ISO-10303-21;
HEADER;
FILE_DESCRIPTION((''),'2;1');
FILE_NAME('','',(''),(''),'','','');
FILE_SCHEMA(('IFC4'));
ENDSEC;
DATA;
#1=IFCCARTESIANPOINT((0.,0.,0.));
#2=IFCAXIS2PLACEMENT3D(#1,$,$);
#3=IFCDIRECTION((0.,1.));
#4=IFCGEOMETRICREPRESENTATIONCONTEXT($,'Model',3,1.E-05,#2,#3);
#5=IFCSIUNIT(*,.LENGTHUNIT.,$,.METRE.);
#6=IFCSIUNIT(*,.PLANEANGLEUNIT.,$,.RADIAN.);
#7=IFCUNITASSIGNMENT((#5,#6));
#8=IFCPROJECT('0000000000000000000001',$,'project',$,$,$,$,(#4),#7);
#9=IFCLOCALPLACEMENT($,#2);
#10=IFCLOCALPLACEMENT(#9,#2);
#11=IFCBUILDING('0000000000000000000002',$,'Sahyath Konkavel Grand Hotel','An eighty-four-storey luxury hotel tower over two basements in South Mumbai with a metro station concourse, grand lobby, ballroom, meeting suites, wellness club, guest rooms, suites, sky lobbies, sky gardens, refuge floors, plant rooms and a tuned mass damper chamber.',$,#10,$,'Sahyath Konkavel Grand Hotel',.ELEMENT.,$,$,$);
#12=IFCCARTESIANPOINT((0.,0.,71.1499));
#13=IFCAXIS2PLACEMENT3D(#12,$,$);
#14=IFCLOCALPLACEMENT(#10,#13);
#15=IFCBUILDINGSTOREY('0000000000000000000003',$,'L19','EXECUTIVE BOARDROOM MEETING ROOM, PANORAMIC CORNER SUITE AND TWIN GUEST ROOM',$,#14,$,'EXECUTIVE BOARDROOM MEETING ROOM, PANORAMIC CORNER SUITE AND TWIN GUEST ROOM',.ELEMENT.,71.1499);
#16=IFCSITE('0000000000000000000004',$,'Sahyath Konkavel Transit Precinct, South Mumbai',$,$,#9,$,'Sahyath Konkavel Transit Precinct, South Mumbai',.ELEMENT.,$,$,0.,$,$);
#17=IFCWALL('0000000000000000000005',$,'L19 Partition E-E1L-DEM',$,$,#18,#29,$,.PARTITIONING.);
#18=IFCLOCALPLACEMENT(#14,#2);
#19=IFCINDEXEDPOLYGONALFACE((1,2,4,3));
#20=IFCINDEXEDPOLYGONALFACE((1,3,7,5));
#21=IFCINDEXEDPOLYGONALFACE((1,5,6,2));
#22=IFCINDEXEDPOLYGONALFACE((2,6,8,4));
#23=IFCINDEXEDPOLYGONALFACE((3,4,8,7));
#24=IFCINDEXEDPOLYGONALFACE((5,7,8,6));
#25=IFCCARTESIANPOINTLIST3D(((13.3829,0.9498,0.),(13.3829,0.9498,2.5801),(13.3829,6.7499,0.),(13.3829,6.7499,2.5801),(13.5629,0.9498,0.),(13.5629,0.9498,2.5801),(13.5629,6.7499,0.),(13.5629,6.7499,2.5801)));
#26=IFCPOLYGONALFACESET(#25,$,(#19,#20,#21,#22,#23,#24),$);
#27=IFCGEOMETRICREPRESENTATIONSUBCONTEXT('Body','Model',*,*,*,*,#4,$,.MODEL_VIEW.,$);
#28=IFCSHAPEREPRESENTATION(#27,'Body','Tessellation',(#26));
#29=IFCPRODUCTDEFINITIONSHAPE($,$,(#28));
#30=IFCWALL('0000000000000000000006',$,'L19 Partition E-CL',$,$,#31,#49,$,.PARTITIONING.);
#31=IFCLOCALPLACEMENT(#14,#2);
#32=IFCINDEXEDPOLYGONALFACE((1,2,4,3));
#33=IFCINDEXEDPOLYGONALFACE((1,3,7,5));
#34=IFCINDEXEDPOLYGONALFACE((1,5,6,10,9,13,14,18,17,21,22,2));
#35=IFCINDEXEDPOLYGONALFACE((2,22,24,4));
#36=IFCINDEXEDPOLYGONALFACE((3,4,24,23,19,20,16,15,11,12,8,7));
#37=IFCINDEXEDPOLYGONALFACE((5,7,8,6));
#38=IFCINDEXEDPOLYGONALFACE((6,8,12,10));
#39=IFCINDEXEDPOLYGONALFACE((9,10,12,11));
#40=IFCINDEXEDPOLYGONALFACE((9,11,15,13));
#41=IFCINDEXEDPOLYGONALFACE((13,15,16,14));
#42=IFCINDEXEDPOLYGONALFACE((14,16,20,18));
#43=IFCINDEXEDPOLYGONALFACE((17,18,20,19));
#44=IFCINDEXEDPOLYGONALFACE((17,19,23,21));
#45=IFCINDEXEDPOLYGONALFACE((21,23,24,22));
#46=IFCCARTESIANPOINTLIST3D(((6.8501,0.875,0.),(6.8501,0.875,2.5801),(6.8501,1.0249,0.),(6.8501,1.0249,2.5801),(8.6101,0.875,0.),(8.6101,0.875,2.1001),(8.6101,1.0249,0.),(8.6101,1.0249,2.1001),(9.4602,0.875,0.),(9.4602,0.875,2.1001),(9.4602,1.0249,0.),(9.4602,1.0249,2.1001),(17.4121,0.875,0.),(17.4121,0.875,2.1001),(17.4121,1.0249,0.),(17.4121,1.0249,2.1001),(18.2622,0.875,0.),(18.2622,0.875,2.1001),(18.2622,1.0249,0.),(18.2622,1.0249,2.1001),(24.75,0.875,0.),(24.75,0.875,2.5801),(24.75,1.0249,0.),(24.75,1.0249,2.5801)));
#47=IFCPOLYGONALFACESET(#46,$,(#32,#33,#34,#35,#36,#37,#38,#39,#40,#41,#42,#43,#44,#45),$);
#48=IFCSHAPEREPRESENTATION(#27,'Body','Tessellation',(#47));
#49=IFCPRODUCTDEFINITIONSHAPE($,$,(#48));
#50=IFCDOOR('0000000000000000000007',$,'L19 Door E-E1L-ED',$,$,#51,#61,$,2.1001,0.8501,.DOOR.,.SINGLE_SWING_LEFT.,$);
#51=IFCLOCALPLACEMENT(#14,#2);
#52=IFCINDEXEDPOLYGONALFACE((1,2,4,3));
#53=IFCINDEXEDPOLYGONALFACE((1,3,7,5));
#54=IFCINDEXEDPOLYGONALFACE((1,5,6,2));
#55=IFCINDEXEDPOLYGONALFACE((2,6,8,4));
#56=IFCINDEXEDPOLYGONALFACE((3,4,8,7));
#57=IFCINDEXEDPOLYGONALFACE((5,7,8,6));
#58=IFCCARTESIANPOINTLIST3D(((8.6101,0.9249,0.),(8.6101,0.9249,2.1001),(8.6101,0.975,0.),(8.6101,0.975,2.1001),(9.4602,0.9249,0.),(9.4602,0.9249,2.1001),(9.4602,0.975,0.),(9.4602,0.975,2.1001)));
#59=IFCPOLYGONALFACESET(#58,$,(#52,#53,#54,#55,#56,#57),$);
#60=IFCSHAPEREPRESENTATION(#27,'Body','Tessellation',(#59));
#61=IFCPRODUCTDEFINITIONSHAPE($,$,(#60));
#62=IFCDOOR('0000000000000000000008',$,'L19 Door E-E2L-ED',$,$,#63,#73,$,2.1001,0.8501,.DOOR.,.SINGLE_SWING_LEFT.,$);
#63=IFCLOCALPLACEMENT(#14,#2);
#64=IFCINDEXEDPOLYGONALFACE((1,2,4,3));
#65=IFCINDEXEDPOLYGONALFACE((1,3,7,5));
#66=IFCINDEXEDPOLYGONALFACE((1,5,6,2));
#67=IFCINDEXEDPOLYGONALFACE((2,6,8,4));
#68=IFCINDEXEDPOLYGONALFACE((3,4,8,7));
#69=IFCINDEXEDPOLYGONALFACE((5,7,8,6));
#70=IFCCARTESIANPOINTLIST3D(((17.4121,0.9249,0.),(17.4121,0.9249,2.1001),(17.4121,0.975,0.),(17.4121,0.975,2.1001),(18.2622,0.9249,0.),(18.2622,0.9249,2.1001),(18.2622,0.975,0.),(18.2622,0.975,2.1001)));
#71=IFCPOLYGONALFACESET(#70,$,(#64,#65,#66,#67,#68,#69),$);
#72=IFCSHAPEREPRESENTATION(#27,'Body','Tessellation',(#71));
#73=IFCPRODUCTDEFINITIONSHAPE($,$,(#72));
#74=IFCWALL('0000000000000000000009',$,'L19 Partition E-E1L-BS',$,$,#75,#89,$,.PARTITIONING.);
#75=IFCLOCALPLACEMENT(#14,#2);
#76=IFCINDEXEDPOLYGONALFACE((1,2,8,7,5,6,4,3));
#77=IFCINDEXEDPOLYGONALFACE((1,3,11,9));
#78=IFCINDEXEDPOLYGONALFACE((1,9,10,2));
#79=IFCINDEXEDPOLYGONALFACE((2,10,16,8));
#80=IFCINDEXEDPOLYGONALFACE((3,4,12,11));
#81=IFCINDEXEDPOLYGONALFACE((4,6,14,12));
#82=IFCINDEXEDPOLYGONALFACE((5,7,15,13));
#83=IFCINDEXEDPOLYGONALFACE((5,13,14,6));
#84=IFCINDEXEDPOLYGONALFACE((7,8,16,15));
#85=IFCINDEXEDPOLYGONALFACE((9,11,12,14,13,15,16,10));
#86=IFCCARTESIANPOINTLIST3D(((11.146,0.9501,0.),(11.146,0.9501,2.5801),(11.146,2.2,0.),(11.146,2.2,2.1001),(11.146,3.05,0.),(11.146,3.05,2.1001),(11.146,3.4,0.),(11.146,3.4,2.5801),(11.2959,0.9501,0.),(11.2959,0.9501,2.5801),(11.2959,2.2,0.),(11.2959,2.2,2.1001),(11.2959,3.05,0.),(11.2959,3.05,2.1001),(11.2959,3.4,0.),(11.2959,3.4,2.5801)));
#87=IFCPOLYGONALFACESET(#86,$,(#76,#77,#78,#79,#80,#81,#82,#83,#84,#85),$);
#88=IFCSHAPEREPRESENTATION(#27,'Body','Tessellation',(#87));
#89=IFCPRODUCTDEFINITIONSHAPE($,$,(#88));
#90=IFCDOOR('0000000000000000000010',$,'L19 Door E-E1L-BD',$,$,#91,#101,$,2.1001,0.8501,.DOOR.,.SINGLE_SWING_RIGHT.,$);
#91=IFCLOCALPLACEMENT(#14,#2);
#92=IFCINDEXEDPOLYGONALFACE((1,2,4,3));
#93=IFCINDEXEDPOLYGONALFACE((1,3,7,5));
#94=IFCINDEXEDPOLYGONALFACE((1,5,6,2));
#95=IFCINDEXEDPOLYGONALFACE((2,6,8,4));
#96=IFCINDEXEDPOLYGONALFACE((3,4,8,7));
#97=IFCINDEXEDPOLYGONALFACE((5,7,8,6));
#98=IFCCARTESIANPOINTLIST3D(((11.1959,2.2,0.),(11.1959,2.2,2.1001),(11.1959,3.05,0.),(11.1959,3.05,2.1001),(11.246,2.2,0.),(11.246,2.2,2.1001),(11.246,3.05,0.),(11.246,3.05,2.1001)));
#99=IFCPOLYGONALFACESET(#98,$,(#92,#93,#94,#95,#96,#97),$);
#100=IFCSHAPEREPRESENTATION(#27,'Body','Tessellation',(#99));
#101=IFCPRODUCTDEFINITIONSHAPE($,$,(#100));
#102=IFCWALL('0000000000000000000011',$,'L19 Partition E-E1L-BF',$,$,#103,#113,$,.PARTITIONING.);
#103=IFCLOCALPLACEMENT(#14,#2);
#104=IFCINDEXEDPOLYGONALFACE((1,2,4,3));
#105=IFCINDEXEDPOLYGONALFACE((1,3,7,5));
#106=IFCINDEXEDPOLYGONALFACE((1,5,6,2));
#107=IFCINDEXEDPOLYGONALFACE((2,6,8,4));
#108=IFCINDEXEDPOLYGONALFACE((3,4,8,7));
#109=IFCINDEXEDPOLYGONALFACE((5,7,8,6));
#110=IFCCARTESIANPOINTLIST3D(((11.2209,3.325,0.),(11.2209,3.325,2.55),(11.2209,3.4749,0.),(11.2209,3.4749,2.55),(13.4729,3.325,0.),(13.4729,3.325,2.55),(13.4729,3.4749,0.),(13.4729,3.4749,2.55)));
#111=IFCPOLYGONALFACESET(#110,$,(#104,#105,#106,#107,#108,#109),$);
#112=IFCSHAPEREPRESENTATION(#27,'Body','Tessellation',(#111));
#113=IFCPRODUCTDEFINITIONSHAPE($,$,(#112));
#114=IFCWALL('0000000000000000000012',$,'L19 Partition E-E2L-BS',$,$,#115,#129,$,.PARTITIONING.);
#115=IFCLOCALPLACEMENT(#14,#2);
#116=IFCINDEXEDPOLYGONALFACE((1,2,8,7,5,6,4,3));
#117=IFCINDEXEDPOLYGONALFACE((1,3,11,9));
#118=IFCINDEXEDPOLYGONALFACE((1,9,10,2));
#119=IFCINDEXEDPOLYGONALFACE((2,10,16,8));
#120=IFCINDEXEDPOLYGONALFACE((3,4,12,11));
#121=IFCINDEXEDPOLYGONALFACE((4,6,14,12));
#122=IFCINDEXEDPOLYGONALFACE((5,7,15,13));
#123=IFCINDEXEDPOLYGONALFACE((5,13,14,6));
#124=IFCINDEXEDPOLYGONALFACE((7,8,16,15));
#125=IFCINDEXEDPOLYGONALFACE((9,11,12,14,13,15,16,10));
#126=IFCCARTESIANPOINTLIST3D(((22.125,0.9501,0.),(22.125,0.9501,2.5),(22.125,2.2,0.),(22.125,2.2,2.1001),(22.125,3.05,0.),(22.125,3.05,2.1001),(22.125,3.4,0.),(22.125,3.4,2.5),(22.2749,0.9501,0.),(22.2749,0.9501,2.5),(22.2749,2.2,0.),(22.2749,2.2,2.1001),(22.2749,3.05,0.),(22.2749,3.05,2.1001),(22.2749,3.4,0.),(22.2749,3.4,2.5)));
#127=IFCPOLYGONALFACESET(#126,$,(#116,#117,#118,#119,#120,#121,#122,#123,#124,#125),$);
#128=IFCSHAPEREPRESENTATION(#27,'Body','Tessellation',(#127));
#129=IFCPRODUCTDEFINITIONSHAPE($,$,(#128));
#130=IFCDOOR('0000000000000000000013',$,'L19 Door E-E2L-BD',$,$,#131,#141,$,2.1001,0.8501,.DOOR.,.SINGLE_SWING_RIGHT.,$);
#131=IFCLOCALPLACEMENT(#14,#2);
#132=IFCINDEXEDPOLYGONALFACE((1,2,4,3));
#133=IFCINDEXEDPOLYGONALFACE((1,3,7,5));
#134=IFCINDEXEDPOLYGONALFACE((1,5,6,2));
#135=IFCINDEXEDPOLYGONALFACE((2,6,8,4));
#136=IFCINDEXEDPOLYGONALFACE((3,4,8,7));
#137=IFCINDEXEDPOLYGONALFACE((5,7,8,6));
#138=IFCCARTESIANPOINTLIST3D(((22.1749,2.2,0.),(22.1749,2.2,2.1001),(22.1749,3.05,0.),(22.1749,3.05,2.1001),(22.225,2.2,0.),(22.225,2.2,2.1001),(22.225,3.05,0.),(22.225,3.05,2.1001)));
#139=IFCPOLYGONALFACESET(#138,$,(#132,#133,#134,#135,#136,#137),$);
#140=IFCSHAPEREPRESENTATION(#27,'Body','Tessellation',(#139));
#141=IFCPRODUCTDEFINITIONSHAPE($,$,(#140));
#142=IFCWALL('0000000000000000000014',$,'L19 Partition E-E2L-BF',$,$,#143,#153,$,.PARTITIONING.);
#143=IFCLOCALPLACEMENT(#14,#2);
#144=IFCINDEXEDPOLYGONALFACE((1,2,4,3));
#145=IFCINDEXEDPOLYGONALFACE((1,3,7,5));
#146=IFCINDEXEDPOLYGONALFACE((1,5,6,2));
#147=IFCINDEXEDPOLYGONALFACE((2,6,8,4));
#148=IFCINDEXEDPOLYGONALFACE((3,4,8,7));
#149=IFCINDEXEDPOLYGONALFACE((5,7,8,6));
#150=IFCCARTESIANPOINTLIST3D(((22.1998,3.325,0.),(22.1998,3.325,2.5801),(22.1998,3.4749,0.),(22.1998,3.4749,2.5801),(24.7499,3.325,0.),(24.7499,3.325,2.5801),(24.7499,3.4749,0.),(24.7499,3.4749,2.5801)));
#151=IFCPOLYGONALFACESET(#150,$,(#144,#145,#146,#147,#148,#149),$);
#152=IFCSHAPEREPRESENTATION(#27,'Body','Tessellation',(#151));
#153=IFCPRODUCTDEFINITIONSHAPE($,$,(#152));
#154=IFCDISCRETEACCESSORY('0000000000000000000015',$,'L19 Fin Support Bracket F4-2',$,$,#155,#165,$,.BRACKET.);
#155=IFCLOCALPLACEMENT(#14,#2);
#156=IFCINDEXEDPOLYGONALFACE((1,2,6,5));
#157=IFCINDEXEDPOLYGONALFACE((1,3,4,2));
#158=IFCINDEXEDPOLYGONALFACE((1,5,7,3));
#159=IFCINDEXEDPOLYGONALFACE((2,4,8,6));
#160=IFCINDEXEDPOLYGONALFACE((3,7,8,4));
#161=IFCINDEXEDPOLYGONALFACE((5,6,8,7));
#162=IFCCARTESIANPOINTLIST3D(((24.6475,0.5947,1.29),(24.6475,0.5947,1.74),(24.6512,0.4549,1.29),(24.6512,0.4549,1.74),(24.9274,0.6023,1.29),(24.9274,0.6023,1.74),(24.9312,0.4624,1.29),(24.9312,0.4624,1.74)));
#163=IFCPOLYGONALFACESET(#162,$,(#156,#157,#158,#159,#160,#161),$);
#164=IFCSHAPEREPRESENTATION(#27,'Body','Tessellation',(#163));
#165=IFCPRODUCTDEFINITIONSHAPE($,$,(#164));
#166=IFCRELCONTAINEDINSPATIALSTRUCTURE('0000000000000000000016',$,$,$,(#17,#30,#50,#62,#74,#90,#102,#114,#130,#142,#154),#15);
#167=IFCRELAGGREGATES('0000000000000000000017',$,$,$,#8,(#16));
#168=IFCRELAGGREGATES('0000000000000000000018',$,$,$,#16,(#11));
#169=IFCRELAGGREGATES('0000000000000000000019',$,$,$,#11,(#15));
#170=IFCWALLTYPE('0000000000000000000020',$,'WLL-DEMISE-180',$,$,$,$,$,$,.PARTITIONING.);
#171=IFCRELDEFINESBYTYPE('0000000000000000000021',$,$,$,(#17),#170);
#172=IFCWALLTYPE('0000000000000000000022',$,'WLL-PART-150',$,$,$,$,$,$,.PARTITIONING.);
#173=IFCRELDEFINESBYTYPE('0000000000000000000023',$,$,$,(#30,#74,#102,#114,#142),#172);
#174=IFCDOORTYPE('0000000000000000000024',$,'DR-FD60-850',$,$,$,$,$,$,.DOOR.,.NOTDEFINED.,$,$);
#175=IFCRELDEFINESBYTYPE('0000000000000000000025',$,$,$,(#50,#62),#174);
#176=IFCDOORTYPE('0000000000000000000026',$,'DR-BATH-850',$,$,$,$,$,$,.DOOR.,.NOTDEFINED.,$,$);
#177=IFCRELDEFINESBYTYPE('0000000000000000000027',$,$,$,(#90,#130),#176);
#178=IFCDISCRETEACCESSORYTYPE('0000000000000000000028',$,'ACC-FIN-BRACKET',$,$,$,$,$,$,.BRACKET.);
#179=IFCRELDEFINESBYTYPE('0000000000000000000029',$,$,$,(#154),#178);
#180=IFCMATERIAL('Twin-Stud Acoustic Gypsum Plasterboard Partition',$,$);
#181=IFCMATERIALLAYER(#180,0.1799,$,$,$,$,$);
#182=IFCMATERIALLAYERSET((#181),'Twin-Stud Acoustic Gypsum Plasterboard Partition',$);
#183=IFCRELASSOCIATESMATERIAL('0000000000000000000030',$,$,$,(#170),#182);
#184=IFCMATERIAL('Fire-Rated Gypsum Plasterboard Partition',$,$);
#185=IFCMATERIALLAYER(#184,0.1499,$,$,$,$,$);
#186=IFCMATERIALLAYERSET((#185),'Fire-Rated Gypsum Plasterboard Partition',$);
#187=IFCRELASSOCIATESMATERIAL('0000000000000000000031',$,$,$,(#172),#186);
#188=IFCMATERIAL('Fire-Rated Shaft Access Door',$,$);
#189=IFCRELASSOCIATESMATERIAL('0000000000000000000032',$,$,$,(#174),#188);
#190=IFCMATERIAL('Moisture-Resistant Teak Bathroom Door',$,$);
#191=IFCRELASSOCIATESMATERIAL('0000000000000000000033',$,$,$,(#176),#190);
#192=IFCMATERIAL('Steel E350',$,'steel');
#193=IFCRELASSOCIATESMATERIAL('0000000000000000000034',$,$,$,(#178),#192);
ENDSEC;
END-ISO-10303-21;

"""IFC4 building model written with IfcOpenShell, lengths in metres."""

from ifc_helpers import new_model, si_unit, direction, frame, frame_2d, origin, origin_2d, place, context, subcontext, project, spatial, rectangle, extrude, source, transform, mapped, material, layer, layer_set, type_object, element, fill, save


model = new_model("IFC4")

# Units and contexts
model_context = context("Model", 3, precision=1e-05, world=origin(), true_north=direction((0.0, 1.0)))
body_context = subcontext(model_context, "Body", "Model", "MODEL_VIEW")
ifc_project = project(units=[si_unit("LENGTHUNIT", "METRE"), si_unit("PLANEANGLEUNIT", "RADIAN")], contexts=[model_context])

# Site, building, storey
site_placement = place(None, origin())
site = spatial("IfcSite", under=ifc_project, at=site_placement, Name="Sahyath Konkavel Transit Precinct, South Mumbai", LongName="Sahyath Konkavel Transit Precinct, South Mumbai", CompositionType="ELEMENT", RefElevation=0.0)
building_placement = place(site_placement, origin())
building = spatial("IfcBuilding", under=site, at=building_placement, Name="Sahyath Konkavel Grand Hotel", Description="An eighty-four-storey luxury hotel tower over two basements in South Mumbai with a metro station concourse, grand lobby, ballroom, meeting suites, wellness club, guest rooms, suites, sky lobbies, sky gardens, refuge floors, plant rooms and a tuned mass damper chamber.", LongName="Sahyath Konkavel Grand Hotel", CompositionType="ELEMENT")
storey_placement = place(building_placement, frame((0.0, 0.0, 71.1499)))
storey = spatial("IfcBuildingStorey", under=building, at=storey_placement, Name="L19", Description="EXECUTIVE BOARDROOM MEETING ROOM, PANORAMIC CORNER SUITE AND TWIN GUEST ROOM", LongName="EXECUTIVE BOARDROOM MEETING ROOM, PANORAMIC CORNER SUITE AND TWIN GUEST ROOM", CompositionType="ELEMENT", Elevation=71.1499)

# Shared definitions
ifc_material_1 = material(Name="Steel E350", Category="steel")

# Wall
ifc_material_2 = material(Name="Twin-Stud Acoustic Gypsum Plasterboard Partition")
ifc_layer_1 = layer(ifc_material_2, 0.1799)
ifc_layer_set_1 = layer_set([ifc_layer_1], Name="Twin-Stud Acoustic Gypsum Plasterboard Partition")
wall_type_1 = type_object("IfcWallType", Name="WLL-DEMISE-180", PredefinedType="PARTITIONING", material=ifc_layer_set_1)
for number, where, z_axis, x_axis, name in (
    (1, (13.4729, 0.95, 0.0), (0.0, 0.0, 1.0), (0.0, 1.0, 0.0), "L19 Partition E-E1L-DEM"),
):
    element("IfcWall", number, at=place(storey_placement, frame(where, z_axis=z_axis, x_axis=x_axis)), inside=storey, type_object=wall_type_1, Name=name, PredefinedType="PARTITIONING", context=body_context, shape_type="SweptSolid", body=[
        extrude(rectangle(XDim=5.8, YDim=0.1799, at=frame_2d((2.8999, 0.0))), origin(), (0.0, 0.0, 1.0), 2.5801),
    ])

# Wall, openings, doors
ifc_material_3 = material(Name="Fire-Rated Gypsum Plasterboard Partition")
ifc_layer_2 = layer(ifc_material_3, 0.1499)
ifc_layer_set_2 = layer_set([ifc_layer_2], Name="Fire-Rated Gypsum Plasterboard Partition")
wall_type_2 = type_object("IfcWallType", Name="WLL-PART-150", PredefinedType="PARTITIONING", material=ifc_layer_set_2)
wall_1_placement = place(storey_placement, frame((6.8501, 0.95, 0.0), z_axis=(0.0, 0.0, 1.0), x_axis=(1.0, 0.0, 0.0)))
wall_1 = element("IfcWall", 2, at=wall_1_placement, inside=storey, type_object=wall_type_2, Name="L19 Partition E-CL", PredefinedType="PARTITIONING", context=body_context, shape_type="SweptSolid", body=[
    extrude(rectangle(XDim=17.8999, YDim=0.1499, at=frame_2d((8.95, 0.0))), origin(), (0.0, 0.0, 1.0), 2.5801),
])
opening_1_placement = place(wall_1_placement, frame((1.76, 0.0, 0.0)))
opening_1 = element("IfcOpeningElement", 3, at=opening_1_placement, cuts=wall_1, PredefinedType="OPENING", context=body_context, shape_type="SweptSolid", body=[
    extrude(rectangle(XDim=0.8501, YDim=2.1001, at=frame_2d((0.425, 1.05))), frame((0.0, 0.085, 0.0), z_axis=(0.0, -1.0, 0.0), x_axis=(1.0, 0.0, 0.0)), (0.0, 0.0, 1.0), 0.1699),
])
opening_2_placement = place(wall_1_placement, frame((10.562, 0.0, 0.0)))
opening_2 = element("IfcOpeningElement", 4, at=opening_2_placement, cuts=wall_1, PredefinedType="OPENING", context=body_context, shape_type="SweptSolid", body=[
    extrude(rectangle(XDim=0.8501, YDim=2.1001, at=frame_2d((0.425, 1.05))), frame((0.0, 0.085, 0.0), z_axis=(0.0, -1.0, 0.0), x_axis=(1.0, 0.0, 0.0)), (0.0, 0.0, 1.0), 0.1699),
])
ifc_material_4 = material(Name="Fire-Rated Shaft Access Door")
door_type_1 = type_object("IfcDoorType", Name="DR-FD60-850", OperationType="NOTDEFINED", PredefinedType="DOOR", material=ifc_material_4)
shared_shape_1 = source(origin(), body_context, "Body", "SweptSolid", [
    extrude(rectangle(XDim=0.8501, YDim=0.05, at=origin_2d()), origin(), (0.0, 0.0, 1.0), 2.1001),
])
door_1_placement = place(opening_1_placement, frame((0.425, 0.0, 0.0)))
door_1 = element("IfcDoor", 5, at=door_1_placement, inside=storey, type_object=door_type_1, Name="L19 Door E-E1L-ED", OperationType="SINGLE_SWING_LEFT", OverallHeight=2.1001, OverallWidth=0.8501, PredefinedType="DOOR", context=body_context, shape_type="MappedRepresentation", body=[
    mapped(shared_shape_1, transform((0.0, 0.0, 0.0), scale=1.0)),
])
fill(opening_1, door_1)
door_2_placement = place(opening_2_placement, frame((0.425, 0.0, 0.0)))
door_2 = element("IfcDoor", 6, at=door_2_placement, inside=storey, type_object=door_type_1, Name="L19 Door E-E2L-ED", OperationType="SINGLE_SWING_LEFT", OverallHeight=2.1001, OverallWidth=0.8501, PredefinedType="DOOR", context=body_context, shape_type="MappedRepresentation", body=[
    mapped(shared_shape_1, transform((0.0, 0.0, 0.0), scale=1.0)),
])
fill(opening_2, door_2)

# Wall, opening, door
wall_2_placement = place(storey_placement, frame((11.2209, 0.95, 0.0), z_axis=(0.0, 0.0, 1.0), x_axis=(0.0, 1.0, 0.0)))
wall_2 = element("IfcWall", 7, at=wall_2_placement, inside=storey, type_object=wall_type_2, Name="L19 Partition E-E1L-BS", PredefinedType="PARTITIONING", context=body_context, shape_type="SweptSolid", body=[
    extrude(rectangle(XDim=2.45, YDim=0.1499, at=frame_2d((1.2251, 0.0))), origin(), (0.0, 0.0, 1.0), 2.5801),
])
opening_3_placement = place(wall_2_placement, frame((1.25, 0.0, 0.0)))
opening_3 = element("IfcOpeningElement", 8, at=opening_3_placement, cuts=wall_2, PredefinedType="OPENING", context=body_context, shape_type="SweptSolid", body=[
    extrude(rectangle(XDim=0.8501, YDim=2.1001, at=frame_2d((0.425, 1.05))), frame((0.0, 0.085, 0.0), z_axis=(0.0, -1.0, 0.0), x_axis=(1.0, 0.0, 0.0)), (0.0, 0.0, 1.0), 0.1699),
])
ifc_material_5 = material(Name="Moisture-Resistant Teak Bathroom Door")
door_type_2 = type_object("IfcDoorType", Name="DR-BATH-850", OperationType="NOTDEFINED", PredefinedType="DOOR", material=ifc_material_5)
door_3_placement = place(opening_3_placement, frame((0.425, 0.0, 0.0)))
door_3 = element("IfcDoor", 9, at=door_3_placement, inside=storey, type_object=door_type_2, Name="L19 Door E-E1L-BD", OperationType="SINGLE_SWING_RIGHT", OverallHeight=2.1001, OverallWidth=0.8501, PredefinedType="DOOR", context=body_context, shape_type="MappedRepresentation", body=[
    mapped(shared_shape_1, transform((0.0, 0.0, 0.0), scale=1.0)),
])
fill(opening_3, door_3)

# Wall
wall_3_placement = place(storey_placement, frame((11.2209, 3.3999, 0.0), z_axis=(0.0, 0.0, 1.0), x_axis=(1.0, 0.0, 0.0)))
element("IfcWall", 10, at=wall_3_placement, inside=storey, type_object=wall_type_2, Name="L19 Partition E-E1L-BF", PredefinedType="PARTITIONING", context=body_context, shape_type="SweptSolid", body=[
    extrude(rectangle(XDim=2.252, YDim=0.1499, at=frame_2d((1.126, 0.0))), origin(), (0.0, 0.0, 1.0), 2.55),
])

# Wall, opening, door
wall_4_placement = place(storey_placement, frame((22.2, 0.95, 0.0), z_axis=(0.0, 0.0, 1.0), x_axis=(0.0, 1.0, 0.0)))
wall_4 = element("IfcWall", 11, at=wall_4_placement, inside=storey, type_object=wall_type_2, Name="L19 Partition E-E2L-BS", PredefinedType="PARTITIONING", context=body_context, shape_type="SweptSolid", body=[
    extrude(rectangle(XDim=2.45, YDim=0.1499, at=frame_2d((1.2251, 0.0))), origin(), (0.0, 0.0, 1.0), 2.5),
])
opening_4_placement = place(wall_4_placement, frame((1.25, 0.0, 0.0)))
opening_4 = element("IfcOpeningElement", 12, at=opening_4_placement, cuts=wall_4, PredefinedType="OPENING", context=body_context, shape_type="SweptSolid", body=[
    extrude(rectangle(XDim=0.8501, YDim=2.1001, at=frame_2d((0.425, 1.05))), frame((0.0, 0.085, 0.0), z_axis=(0.0, -1.0, 0.0), x_axis=(1.0, 0.0, 0.0)), (0.0, 0.0, 1.0), 0.1699),
])
door_4_placement = place(opening_4_placement, frame((0.425, 0.0, 0.0)))
door_4 = element("IfcDoor", 13, at=door_4_placement, inside=storey, type_object=door_type_2, Name="L19 Door E-E2L-BD", OperationType="SINGLE_SWING_RIGHT", OverallHeight=2.1001, OverallWidth=0.8501, PredefinedType="DOOR", context=body_context, shape_type="MappedRepresentation", body=[
    mapped(shared_shape_1, transform((0.0, 0.0, 0.0), scale=1.0)),
])
fill(opening_4, door_4)

# Wall
wall_5_placement = place(storey_placement, frame((22.2, 3.3999, 0.0), z_axis=(0.0, 0.0, 1.0), x_axis=(1.0, 0.0, 0.0)))
element("IfcWall", 14, at=wall_5_placement, inside=storey, type_object=wall_type_2, Name="L19 Partition E-E2L-BF", PredefinedType="PARTITIONING", context=body_context, shape_type="SweptSolid", body=[
    extrude(rectangle(XDim=2.55, YDim=0.1499, at=frame_2d((1.2749, 0.0))), origin(), (0.0, 0.0, 1.0), 2.5801),
])

# Discrete accessory
discrete_accessory_type = type_object("IfcDiscreteAccessoryType", Name="ACC-FIN-BRACKET", PredefinedType="BRACKET", material=ifc_material_1)
shared_shape_2 = source(origin(), body_context, "Body", "SweptSolid", [
    extrude(rectangle(XDim=0.28, YDim=0.1399, at=origin_2d()), origin(), (0.0, 0.0, 1.0), 0.45),
])
discrete_accessory_placement = place(storey_placement, frame((24.7893, 0.5286, 1.29), z_axis=(0.0, 0.0, 1.0), x_axis=(0.999638, 0.02691, 0.0)))
element("IfcDiscreteAccessory", 15, at=discrete_accessory_placement, inside=storey, type_object=discrete_accessory_type, Name="L19 Fin Support Bracket F4-2", PredefinedType="BRACKET", context=body_context, shape_type="MappedRepresentation", body=[
    mapped(shared_shape_2, transform((0.0, 0.0, 0.0), scale=1.0)),
])

save(model, "model.ifc")
